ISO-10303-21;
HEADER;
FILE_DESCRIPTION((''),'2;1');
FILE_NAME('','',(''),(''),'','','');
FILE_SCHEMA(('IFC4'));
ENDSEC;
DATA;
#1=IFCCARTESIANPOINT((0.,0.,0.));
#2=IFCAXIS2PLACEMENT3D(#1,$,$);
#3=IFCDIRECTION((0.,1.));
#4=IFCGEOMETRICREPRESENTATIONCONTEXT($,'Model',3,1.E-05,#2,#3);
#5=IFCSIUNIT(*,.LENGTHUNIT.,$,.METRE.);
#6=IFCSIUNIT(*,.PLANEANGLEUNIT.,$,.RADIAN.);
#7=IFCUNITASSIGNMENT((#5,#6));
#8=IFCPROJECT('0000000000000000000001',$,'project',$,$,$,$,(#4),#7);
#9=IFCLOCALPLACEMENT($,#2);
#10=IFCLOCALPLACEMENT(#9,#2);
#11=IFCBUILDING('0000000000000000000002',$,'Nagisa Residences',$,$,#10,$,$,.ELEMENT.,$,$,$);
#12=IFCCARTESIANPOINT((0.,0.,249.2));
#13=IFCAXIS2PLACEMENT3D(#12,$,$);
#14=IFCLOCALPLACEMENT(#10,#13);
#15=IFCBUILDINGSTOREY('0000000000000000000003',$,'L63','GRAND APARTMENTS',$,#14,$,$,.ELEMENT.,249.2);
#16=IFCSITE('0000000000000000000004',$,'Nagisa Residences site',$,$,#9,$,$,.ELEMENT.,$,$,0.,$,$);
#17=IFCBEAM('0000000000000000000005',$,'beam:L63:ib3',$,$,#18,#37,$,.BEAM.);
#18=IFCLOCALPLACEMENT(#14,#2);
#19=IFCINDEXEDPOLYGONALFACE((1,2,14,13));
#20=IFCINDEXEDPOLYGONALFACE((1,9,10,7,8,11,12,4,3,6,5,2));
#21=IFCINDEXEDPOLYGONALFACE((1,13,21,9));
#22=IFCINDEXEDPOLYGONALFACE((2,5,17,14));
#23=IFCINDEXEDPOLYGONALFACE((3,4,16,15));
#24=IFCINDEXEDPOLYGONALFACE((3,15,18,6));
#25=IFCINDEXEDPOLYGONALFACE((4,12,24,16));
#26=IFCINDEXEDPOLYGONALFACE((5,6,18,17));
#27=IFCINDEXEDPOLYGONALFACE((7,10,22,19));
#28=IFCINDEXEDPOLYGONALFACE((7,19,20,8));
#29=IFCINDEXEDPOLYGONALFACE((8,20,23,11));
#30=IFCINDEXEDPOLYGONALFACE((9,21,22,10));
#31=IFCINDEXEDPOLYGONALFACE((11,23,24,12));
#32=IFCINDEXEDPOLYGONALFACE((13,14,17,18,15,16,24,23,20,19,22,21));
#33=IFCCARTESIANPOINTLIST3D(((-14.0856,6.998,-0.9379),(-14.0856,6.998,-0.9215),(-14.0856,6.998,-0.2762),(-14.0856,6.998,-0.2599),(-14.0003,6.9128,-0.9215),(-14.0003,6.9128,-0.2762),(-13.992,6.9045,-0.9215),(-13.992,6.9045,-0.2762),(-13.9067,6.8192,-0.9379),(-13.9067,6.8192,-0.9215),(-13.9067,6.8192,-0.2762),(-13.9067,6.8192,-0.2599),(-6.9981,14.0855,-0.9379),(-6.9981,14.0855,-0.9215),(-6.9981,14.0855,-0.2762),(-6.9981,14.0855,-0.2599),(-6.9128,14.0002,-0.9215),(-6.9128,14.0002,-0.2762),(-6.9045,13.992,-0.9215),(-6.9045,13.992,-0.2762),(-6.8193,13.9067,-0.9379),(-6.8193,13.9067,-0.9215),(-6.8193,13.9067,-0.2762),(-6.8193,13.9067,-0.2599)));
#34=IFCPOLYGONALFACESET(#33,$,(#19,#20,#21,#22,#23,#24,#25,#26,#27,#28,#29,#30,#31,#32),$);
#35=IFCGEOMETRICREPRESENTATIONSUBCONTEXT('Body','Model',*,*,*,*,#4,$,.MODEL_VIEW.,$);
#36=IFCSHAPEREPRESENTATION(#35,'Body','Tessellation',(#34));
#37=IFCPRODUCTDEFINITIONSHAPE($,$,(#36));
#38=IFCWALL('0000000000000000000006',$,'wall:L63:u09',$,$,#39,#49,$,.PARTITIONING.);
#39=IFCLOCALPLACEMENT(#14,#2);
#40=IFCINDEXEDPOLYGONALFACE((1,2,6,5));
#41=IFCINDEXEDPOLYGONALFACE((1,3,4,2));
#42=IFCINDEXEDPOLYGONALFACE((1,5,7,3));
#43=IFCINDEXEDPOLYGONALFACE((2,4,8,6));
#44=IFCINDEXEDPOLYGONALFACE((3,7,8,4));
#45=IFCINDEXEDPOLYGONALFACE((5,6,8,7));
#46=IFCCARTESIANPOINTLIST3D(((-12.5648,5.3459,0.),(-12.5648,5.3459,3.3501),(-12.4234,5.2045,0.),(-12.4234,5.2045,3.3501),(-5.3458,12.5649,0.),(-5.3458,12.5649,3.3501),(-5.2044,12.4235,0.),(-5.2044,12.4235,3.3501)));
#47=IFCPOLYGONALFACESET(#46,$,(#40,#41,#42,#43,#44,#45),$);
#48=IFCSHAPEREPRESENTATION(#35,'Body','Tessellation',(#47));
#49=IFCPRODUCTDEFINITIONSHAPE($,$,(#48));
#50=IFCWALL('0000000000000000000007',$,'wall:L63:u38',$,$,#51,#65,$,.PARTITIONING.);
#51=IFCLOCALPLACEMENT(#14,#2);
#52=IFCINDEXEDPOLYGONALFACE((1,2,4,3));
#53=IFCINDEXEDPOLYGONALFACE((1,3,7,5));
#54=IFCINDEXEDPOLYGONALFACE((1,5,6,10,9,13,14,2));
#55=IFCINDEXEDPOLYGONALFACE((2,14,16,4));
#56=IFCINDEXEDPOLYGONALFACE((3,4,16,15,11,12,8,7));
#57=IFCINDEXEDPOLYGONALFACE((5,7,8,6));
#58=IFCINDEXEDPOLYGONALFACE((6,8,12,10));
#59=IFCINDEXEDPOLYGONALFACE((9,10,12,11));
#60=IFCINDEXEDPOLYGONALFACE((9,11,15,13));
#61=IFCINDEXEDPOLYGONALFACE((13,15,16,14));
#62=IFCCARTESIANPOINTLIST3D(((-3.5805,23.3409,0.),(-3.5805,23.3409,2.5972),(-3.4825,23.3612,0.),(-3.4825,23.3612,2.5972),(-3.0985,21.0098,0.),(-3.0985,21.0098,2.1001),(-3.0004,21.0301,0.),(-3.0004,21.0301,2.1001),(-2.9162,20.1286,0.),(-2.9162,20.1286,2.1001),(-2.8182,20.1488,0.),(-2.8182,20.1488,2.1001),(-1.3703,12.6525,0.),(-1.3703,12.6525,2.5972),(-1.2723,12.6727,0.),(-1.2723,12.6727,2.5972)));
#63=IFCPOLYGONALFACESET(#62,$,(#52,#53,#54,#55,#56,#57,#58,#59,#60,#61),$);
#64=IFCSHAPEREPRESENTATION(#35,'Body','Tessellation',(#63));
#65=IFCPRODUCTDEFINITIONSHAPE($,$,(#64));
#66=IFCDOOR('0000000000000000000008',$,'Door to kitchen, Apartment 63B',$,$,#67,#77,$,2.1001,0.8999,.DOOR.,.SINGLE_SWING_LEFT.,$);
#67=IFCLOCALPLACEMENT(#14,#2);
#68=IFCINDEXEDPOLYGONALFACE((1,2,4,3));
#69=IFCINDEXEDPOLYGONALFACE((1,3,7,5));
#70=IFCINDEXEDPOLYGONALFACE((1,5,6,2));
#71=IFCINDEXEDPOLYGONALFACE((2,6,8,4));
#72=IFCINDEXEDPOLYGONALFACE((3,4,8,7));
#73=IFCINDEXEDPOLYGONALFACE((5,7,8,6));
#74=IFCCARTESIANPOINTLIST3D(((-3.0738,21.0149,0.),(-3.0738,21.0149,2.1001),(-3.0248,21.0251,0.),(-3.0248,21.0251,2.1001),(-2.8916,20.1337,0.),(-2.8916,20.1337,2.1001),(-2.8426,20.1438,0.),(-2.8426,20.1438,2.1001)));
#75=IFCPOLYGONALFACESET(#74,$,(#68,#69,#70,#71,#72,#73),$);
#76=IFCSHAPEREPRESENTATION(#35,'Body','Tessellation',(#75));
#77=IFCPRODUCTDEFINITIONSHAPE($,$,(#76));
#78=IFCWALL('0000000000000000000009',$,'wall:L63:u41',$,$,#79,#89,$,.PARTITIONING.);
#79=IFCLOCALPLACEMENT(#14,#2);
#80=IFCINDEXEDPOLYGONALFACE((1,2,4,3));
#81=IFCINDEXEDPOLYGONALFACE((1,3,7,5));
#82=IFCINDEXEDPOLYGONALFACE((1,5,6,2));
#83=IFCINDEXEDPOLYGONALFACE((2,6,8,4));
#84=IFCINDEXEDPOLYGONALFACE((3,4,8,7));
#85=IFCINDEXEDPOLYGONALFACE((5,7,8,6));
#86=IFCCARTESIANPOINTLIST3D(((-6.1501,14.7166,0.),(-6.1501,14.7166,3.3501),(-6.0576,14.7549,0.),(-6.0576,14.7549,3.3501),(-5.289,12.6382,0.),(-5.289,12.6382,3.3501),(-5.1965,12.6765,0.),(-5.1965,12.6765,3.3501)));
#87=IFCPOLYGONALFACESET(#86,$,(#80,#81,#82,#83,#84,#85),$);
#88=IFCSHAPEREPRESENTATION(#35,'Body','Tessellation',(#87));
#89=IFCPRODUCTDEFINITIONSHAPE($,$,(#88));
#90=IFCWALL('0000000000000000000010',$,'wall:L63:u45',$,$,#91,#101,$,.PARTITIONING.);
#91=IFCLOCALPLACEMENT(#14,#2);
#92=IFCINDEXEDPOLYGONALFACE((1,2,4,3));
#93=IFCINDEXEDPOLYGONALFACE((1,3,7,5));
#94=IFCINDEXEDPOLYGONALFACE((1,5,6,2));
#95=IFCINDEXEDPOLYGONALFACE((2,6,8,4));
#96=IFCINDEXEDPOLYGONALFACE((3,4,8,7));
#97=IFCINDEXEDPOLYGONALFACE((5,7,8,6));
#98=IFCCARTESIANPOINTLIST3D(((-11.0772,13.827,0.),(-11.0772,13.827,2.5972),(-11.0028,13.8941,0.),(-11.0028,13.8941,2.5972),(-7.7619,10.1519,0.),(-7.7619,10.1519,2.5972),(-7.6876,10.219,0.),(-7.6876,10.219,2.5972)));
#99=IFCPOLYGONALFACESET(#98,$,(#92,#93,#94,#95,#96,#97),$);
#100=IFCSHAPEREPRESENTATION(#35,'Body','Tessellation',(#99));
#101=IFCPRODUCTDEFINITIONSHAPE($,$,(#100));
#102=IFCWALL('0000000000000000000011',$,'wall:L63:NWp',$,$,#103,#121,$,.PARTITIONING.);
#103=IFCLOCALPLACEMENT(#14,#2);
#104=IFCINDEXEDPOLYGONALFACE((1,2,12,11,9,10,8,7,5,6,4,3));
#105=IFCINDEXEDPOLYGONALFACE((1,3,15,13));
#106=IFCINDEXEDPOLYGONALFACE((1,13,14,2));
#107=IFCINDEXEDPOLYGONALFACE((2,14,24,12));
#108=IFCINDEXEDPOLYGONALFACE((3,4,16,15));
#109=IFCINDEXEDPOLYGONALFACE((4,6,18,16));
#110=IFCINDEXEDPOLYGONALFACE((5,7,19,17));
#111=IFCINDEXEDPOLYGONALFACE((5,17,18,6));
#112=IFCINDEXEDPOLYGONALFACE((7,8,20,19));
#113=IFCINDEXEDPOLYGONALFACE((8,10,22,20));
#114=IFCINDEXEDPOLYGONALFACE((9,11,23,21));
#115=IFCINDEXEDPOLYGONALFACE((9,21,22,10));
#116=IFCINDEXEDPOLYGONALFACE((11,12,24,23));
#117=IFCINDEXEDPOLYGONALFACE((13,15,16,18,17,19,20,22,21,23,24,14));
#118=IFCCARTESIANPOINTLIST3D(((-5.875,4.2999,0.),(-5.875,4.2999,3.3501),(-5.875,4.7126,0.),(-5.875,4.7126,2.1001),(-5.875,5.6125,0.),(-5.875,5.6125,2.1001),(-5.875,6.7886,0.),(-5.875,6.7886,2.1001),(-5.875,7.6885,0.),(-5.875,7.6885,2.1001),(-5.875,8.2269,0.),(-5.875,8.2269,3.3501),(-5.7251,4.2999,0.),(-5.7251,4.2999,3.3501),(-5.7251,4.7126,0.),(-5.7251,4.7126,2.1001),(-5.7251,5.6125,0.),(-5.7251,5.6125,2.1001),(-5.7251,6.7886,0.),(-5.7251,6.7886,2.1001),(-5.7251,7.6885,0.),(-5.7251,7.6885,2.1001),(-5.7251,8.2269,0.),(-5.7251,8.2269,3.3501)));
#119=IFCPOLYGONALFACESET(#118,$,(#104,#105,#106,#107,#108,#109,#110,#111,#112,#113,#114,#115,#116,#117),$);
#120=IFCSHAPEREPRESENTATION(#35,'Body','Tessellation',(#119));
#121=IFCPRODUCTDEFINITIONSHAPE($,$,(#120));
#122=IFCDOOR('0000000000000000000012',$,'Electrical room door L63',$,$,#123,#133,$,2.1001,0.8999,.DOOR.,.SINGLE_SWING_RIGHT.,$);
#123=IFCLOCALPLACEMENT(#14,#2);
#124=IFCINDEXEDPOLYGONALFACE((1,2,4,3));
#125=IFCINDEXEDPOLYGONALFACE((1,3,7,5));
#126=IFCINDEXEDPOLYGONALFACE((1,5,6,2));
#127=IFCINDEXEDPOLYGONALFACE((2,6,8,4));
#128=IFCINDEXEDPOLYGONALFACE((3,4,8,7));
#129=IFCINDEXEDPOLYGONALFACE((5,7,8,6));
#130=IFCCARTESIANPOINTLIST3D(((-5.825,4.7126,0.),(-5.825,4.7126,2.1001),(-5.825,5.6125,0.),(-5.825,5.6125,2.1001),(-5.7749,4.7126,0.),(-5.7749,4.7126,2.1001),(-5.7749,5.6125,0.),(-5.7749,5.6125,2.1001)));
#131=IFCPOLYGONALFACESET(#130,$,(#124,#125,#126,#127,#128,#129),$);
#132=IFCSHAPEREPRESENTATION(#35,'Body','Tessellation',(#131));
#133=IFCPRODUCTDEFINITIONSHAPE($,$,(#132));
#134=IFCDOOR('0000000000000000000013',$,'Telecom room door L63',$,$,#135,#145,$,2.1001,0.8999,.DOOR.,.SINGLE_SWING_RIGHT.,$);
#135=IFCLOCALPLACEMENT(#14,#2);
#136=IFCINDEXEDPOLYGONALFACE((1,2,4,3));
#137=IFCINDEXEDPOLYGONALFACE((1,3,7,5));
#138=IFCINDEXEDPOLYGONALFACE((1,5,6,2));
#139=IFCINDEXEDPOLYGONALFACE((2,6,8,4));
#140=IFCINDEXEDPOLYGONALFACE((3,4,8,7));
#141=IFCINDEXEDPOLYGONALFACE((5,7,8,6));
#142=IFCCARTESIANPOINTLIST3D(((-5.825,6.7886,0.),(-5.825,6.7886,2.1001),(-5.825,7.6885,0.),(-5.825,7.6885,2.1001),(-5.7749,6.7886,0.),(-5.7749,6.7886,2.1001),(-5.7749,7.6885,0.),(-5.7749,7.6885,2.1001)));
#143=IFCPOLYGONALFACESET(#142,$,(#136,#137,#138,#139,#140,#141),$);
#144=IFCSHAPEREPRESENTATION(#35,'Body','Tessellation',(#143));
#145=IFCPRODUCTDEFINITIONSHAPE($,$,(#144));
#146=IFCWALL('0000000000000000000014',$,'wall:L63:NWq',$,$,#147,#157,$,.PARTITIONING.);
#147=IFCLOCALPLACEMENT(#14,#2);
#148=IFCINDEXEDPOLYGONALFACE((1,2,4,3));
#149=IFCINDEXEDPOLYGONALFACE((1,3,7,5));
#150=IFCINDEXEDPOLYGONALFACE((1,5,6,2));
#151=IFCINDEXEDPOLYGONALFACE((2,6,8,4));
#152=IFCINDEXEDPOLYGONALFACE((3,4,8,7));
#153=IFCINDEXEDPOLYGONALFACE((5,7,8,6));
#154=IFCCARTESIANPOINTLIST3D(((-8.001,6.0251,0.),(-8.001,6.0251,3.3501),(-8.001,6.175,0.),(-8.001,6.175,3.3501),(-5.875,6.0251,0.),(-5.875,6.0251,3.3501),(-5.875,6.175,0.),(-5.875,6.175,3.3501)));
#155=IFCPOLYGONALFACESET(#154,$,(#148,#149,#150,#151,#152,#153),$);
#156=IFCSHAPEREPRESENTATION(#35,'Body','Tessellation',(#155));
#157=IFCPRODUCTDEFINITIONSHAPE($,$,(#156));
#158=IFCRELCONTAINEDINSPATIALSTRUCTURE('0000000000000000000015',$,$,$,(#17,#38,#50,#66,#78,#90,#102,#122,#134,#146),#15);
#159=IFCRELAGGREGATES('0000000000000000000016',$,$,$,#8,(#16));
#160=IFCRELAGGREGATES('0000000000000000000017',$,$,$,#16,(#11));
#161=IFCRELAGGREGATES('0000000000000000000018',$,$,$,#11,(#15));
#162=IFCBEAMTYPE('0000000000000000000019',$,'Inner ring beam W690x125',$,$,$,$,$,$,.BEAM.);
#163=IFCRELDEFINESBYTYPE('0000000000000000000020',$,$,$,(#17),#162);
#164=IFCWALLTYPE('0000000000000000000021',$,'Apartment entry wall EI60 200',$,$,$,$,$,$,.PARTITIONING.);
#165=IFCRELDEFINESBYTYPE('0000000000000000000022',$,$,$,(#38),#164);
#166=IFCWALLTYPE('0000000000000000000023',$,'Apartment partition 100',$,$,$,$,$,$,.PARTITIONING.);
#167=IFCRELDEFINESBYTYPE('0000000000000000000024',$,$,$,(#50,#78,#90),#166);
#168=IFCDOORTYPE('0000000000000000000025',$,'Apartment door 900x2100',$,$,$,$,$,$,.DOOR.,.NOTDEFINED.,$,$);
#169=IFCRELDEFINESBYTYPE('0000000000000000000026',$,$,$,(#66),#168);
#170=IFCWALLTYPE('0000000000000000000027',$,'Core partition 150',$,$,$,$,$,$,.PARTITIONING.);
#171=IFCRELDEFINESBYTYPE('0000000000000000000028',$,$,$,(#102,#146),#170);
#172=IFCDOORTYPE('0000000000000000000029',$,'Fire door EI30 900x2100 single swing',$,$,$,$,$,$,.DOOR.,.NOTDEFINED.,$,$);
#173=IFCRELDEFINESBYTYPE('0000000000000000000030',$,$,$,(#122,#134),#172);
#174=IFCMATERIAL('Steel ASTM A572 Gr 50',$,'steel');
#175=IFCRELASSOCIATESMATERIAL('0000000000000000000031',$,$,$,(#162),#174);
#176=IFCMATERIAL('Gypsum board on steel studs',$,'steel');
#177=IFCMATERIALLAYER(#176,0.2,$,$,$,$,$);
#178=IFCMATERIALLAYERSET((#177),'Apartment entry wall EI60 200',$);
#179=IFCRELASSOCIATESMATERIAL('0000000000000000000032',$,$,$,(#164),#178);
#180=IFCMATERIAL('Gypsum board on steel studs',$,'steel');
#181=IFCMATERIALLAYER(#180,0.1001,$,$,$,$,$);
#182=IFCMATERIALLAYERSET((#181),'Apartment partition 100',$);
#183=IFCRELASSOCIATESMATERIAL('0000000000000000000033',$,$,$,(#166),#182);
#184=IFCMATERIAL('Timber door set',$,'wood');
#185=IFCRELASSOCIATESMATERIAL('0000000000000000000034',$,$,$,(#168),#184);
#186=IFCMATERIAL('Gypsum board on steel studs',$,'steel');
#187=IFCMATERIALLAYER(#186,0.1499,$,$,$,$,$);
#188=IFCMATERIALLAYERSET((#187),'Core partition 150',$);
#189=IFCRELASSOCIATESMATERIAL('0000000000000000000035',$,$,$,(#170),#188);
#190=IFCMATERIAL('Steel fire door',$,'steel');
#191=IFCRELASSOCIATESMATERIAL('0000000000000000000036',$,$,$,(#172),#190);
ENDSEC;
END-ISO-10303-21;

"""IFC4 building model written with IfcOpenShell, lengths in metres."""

from ifc_helpers import new_model, si_unit, direction, frame, frame_2d, origin, origin_2d, place, context, subcontext, project, spatial, rectangle, i_section, extrude, material, layer, layer_set, material_profile, profile_set, type_object, element, fill, save


model = new_model("IFC4")

# Units and contexts
model_context = context("Model", 3, precision=1e-05, world=origin(), true_north=direction((0.0, 1.0)))
body_context = subcontext(model_context, "Body", "Model", "MODEL_VIEW")
ifc_project = project(units=[si_unit("LENGTHUNIT", "METRE"), si_unit("PLANEANGLEUNIT", "RADIAN")], contexts=[model_context])

# Site, building, storey
site_placement = place(None, origin())
site = spatial("IfcSite", under=ifc_project, at=site_placement, Name="Nagisa Residences site", CompositionType="ELEMENT", RefElevation=0.0)
building_placement = place(site_placement, origin())
building = spatial("IfcBuilding", under=site, at=building_placement, Name="Nagisa Residences", CompositionType="ELEMENT")
storey_placement = place(building_placement, frame((0.0, 0.0, 249.2)))
storey = spatial("IfcBuildingStorey", under=building, at=storey_placement, Name="L63", Description="GRAND APARTMENTS", CompositionType="ELEMENT", Elevation=249.2)

# Beam
ifc_material_1 = material(Name="Steel ASTM A572 Gr 50", Category="steel")
ifc_material_profile = material_profile(ifc_material_1, i_section(OverallWidth=0.2529, OverallDepth=0.678, WebThickness=0.0117, FlangeThickness=0.0164, at=origin_2d()), Name="W690x125")
ifc_profile_set = profile_set([ifc_material_profile], Name="Steel ASTM A572 Gr 50")
beam_type = type_object("IfcBeamType", Name="Inner ring beam W690x125", PredefinedType="BEAM", material=ifc_profile_set)
beam_placement = place(storey_placement, frame((-6.9087, 13.9961, -0.5989), z_axis=(-0.707107, -0.707107, 0.0), x_axis=(0.707107, -0.707107, 0.0)))
element("IfcBeam", 1, at=beam_placement, inside=storey, type_object=beam_type, Name="beam:L63:ib3", PredefinedType="BEAM", context=body_context, shape_type="SweptSolid", body=[
    extrude(i_section(OverallWidth=0.2529, OverallDepth=0.678, WebThickness=0.0117, FlangeThickness=0.0164, at=origin_2d()), origin(), (0.0, 0.0, 1.0), 10.0232),
])

# Wall
ifc_material_2 = material(Name="Gypsum board on steel studs", Category="steel")
ifc_layer_1 = layer(ifc_material_2, 0.2)
ifc_layer_set_1 = layer_set([ifc_layer_1], Name="Apartment entry wall EI60 200")
wall_type_1 = type_object("IfcWallType", Name="Apartment entry wall EI60 200", PredefinedType="PARTITIONING", material=ifc_layer_set_1)
wall_1_placement = place(storey_placement, frame((-5.2751, 12.4941, 0.0), z_axis=(0.0, 0.0, 1.0), x_axis=(-0.707107, -0.707107, 0.0)))
element("IfcWall", 2, at=wall_1_placement, inside=storey, type_object=wall_type_1, Name="wall:L63:u09", PredefinedType="PARTITIONING", context=body_context, shape_type="SweptSolid", body=[
    extrude(rectangle(XDim=10.2092, YDim=0.2, at=frame_2d((5.1045, 0.0))), origin(), (0.0, 0.0, 1.0), 3.3501),
])

# Wall, opening, door
ifc_material_3 = material(Name="Gypsum board on steel studs", Category="steel")
ifc_layer_2 = layer(ifc_material_3, 0.1001)
ifc_layer_set_2 = layer_set([ifc_layer_2], Name="Apartment partition 100")
wall_type_2 = type_object("IfcWallType", Name="Apartment partition 100", PredefinedType="PARTITIONING", material=ifc_layer_set_2)
wall_2_placement = place(storey_placement, frame((-1.3213, 12.6626, 0.0), z_axis=(0.0, 0.0, 1.0), x_axis=(-0.2025, 0.979282, 0.0)))
wall_2 = element("IfcWall", 3, at=wall_2_placement, inside=storey, type_object=wall_type_2, Name="wall:L63:u38", PredefinedType="PARTITIONING", context=body_context, shape_type="SweptSolid", body=[
    extrude(rectangle(XDim=10.9146, YDim=0.1001, at=frame_2d((5.4573, 0.0))), origin(), (0.0, 0.0, 1.0), 2.5972),
])
opening_1_placement = place(wall_2_placement, frame((7.6343, 0.0, 0.0)))
opening_1 = element("IfcOpeningElement", 4, at=opening_1_placement, cuts=wall_2, PredefinedType="OPENING", context=body_context, shape_type="SweptSolid", body=[
    extrude(rectangle(XDim=0.8999, YDim=2.1001, at=frame_2d((0.45, 1.05))), frame((0.0, 0.0601, 0.0), z_axis=(0.0, -1.0, 0.0), x_axis=(1.0, 0.0, 0.0)), (0.0, 0.0, 1.0), 0.1201),
])
ifc_material_4 = material(Name="Timber door set", Category="wood")
door_type_1 = type_object("IfcDoorType", Name="Apartment door 900x2100", OperationType="NOTDEFINED", PredefinedType="DOOR", material=ifc_material_4)
door_1_placement = place(opening_1_placement, origin())
door_1 = element("IfcDoor", 5, at=door_1_placement, inside=storey, type_object=door_type_1, Name="Door to kitchen, Apartment 63B", OperationType="SINGLE_SWING_LEFT", OverallHeight=2.1001, OverallWidth=0.8999, PredefinedType="DOOR", context=body_context, shape_type="SweptSolid", body=[
    extrude(rectangle(XDim=0.8999, YDim=2.1001, at=frame_2d((0.45, 1.05))), frame((0.0, 0.0249, 0.0), z_axis=(0.0, -1.0, 0.0), x_axis=(1.0, 0.0, 0.0)), (0.0, 0.0, 1.0), 0.05),
])
fill(opening_1, door_1)

# Walls
wall_3_placement = place(storey_placement, frame((-5.2427, 12.6572, 0.0), z_axis=(0.0, 0.0, 1.0), x_axis=(-0.382758, 0.923849, 0.0)))
element("IfcWall", 6, at=wall_3_placement, inside=storey, type_object=wall_type_2, Name="wall:L63:u41", PredefinedType="PARTITIONING", context=body_context, shape_type="SweptSolid", body=[
    extrude(rectangle(XDim=2.2498, YDim=0.1001, at=frame_2d((1.125, 0.0))), origin(), (0.0, 0.0, 1.0), 3.3501),
])
wall_4_placement = place(storey_placement, frame((-7.7249, 10.1855, 0.0), z_axis=(0.0, 0.0, 1.0), x_axis=(-0.669817, 0.742526, 0.0)))
element("IfcWall", 7, at=wall_4_placement, inside=storey, type_object=wall_type_2, Name="wall:L63:u45", PredefinedType="PARTITIONING", context=body_context, shape_type="SweptSolid", body=[
    extrude(rectangle(XDim=4.9495, YDim=0.1001, at=frame_2d((2.4746, 0.0))), origin(), (0.0, 0.0, 1.0), 2.5972),
])

# Wall, openings, doors
ifc_material_5 = material(Name="Gypsum board on steel studs", Category="steel")
ifc_layer_3 = layer(ifc_material_5, 0.1499)
ifc_layer_set_3 = layer_set([ifc_layer_3], Name="Core partition 150")
wall_type_3 = type_object("IfcWallType", Name="Core partition 150", PredefinedType="PARTITIONING", material=ifc_layer_set_3)
wall_5_placement = place(storey_placement, frame((-5.8, 4.3, 0.0), z_axis=(0.0, 0.0, 1.0), x_axis=(0.0, 1.0, 0.0)))
wall_5 = element("IfcWall", 8, at=wall_5_placement, inside=storey, type_object=wall_type_3, Name="wall:L63:NWp", PredefinedType="PARTITIONING", context=body_context, shape_type="SweptSolid", body=[
    extrude(rectangle(XDim=3.927, YDim=0.1499, at=frame_2d((1.9634, 0.0))), origin(), (0.0, 0.0, 1.0), 3.3501),
])
opening_2_placement = place(wall_5_placement, frame((0.4126, 0.0, 0.0)))
opening_2 = element("IfcOpeningElement", 9, at=opening_2_placement, cuts=wall_5, PredefinedType="OPENING", context=body_context, shape_type="SweptSolid", body=[
    extrude(rectangle(XDim=0.8999, YDim=2.1001, at=frame_2d((0.45, 1.05))), frame((0.0, 0.085, 0.0), z_axis=(0.0, -1.0, 0.0), x_axis=(1.0, 0.0, 0.0)), (0.0, 0.0, 1.0), 0.1699),
])
opening_3_placement = place(wall_5_placement, frame((2.4885, 0.0, 0.0)))
opening_3 = element("IfcOpeningElement", 10, at=opening_3_placement, cuts=wall_5, PredefinedType="OPENING", context=body_context, shape_type="SweptSolid", body=[
    extrude(rectangle(XDim=0.8999, YDim=2.1001, at=frame_2d((0.45, 1.05))), frame((0.0, 0.085, 0.0), z_axis=(0.0, -1.0, 0.0), x_axis=(1.0, 0.0, 0.0)), (0.0, 0.0, 1.0), 0.1699),
])
ifc_material_6 = material(Name="Steel fire door", Category="steel")
door_type_2 = type_object("IfcDoorType", Name="Fire door EI30 900x2100 single swing", OperationType="NOTDEFINED", PredefinedType="DOOR", material=ifc_material_6)
door_2_placement = place(opening_2_placement, origin())
door_2 = element("IfcDoor", 11, at=door_2_placement, inside=storey, type_object=door_type_2, Name="Electrical room door L63", OperationType="SINGLE_SWING_RIGHT", OverallHeight=2.1001, OverallWidth=0.8999, PredefinedType="DOOR", context=body_context, shape_type="SweptSolid", body=[
    extrude(rectangle(XDim=0.8999, YDim=2.1001, at=frame_2d((0.45, 1.05))), frame((0.0, 0.0249, 0.0), z_axis=(0.0, -1.0, 0.0), x_axis=(1.0, 0.0, 0.0)), (0.0, 0.0, 1.0), 0.05),
])
fill(opening_2, door_2)
door_3_placement = place(opening_3_placement, origin())
door_3 = element("IfcDoor", 12, at=door_3_placement, inside=storey, type_object=door_type_2, Name="Telecom room door L63", OperationType="SINGLE_SWING_RIGHT", OverallHeight=2.1001, OverallWidth=0.8999, PredefinedType="DOOR", context=body_context, shape_type="SweptSolid", body=[
    extrude(rectangle(XDim=0.8999, YDim=2.1001, at=frame_2d((0.45, 1.05))), frame((0.0, 0.0249, 0.0), z_axis=(0.0, -1.0, 0.0), x_axis=(1.0, 0.0, 0.0)), (0.0, 0.0, 1.0), 0.05),
])
fill(opening_3, door_3)

# Wall
wall_6_placement = place(storey_placement, frame((-8.001, 6.1001, 0.0), z_axis=(0.0, 0.0, 1.0), x_axis=(1.0, 0.0, 0.0)))
element("IfcWall", 13, at=wall_6_placement, inside=storey, type_object=wall_type_3, Name="wall:L63:NWq", PredefinedType="PARTITIONING", context=body_context, shape_type="SweptSolid", body=[
    extrude(rectangle(XDim=2.126, YDim=0.1499, at=frame_2d((1.063, 0.0))), origin(), (0.0, 0.0, 1.0), 3.3501),
])

save(model, "model.ifc")
